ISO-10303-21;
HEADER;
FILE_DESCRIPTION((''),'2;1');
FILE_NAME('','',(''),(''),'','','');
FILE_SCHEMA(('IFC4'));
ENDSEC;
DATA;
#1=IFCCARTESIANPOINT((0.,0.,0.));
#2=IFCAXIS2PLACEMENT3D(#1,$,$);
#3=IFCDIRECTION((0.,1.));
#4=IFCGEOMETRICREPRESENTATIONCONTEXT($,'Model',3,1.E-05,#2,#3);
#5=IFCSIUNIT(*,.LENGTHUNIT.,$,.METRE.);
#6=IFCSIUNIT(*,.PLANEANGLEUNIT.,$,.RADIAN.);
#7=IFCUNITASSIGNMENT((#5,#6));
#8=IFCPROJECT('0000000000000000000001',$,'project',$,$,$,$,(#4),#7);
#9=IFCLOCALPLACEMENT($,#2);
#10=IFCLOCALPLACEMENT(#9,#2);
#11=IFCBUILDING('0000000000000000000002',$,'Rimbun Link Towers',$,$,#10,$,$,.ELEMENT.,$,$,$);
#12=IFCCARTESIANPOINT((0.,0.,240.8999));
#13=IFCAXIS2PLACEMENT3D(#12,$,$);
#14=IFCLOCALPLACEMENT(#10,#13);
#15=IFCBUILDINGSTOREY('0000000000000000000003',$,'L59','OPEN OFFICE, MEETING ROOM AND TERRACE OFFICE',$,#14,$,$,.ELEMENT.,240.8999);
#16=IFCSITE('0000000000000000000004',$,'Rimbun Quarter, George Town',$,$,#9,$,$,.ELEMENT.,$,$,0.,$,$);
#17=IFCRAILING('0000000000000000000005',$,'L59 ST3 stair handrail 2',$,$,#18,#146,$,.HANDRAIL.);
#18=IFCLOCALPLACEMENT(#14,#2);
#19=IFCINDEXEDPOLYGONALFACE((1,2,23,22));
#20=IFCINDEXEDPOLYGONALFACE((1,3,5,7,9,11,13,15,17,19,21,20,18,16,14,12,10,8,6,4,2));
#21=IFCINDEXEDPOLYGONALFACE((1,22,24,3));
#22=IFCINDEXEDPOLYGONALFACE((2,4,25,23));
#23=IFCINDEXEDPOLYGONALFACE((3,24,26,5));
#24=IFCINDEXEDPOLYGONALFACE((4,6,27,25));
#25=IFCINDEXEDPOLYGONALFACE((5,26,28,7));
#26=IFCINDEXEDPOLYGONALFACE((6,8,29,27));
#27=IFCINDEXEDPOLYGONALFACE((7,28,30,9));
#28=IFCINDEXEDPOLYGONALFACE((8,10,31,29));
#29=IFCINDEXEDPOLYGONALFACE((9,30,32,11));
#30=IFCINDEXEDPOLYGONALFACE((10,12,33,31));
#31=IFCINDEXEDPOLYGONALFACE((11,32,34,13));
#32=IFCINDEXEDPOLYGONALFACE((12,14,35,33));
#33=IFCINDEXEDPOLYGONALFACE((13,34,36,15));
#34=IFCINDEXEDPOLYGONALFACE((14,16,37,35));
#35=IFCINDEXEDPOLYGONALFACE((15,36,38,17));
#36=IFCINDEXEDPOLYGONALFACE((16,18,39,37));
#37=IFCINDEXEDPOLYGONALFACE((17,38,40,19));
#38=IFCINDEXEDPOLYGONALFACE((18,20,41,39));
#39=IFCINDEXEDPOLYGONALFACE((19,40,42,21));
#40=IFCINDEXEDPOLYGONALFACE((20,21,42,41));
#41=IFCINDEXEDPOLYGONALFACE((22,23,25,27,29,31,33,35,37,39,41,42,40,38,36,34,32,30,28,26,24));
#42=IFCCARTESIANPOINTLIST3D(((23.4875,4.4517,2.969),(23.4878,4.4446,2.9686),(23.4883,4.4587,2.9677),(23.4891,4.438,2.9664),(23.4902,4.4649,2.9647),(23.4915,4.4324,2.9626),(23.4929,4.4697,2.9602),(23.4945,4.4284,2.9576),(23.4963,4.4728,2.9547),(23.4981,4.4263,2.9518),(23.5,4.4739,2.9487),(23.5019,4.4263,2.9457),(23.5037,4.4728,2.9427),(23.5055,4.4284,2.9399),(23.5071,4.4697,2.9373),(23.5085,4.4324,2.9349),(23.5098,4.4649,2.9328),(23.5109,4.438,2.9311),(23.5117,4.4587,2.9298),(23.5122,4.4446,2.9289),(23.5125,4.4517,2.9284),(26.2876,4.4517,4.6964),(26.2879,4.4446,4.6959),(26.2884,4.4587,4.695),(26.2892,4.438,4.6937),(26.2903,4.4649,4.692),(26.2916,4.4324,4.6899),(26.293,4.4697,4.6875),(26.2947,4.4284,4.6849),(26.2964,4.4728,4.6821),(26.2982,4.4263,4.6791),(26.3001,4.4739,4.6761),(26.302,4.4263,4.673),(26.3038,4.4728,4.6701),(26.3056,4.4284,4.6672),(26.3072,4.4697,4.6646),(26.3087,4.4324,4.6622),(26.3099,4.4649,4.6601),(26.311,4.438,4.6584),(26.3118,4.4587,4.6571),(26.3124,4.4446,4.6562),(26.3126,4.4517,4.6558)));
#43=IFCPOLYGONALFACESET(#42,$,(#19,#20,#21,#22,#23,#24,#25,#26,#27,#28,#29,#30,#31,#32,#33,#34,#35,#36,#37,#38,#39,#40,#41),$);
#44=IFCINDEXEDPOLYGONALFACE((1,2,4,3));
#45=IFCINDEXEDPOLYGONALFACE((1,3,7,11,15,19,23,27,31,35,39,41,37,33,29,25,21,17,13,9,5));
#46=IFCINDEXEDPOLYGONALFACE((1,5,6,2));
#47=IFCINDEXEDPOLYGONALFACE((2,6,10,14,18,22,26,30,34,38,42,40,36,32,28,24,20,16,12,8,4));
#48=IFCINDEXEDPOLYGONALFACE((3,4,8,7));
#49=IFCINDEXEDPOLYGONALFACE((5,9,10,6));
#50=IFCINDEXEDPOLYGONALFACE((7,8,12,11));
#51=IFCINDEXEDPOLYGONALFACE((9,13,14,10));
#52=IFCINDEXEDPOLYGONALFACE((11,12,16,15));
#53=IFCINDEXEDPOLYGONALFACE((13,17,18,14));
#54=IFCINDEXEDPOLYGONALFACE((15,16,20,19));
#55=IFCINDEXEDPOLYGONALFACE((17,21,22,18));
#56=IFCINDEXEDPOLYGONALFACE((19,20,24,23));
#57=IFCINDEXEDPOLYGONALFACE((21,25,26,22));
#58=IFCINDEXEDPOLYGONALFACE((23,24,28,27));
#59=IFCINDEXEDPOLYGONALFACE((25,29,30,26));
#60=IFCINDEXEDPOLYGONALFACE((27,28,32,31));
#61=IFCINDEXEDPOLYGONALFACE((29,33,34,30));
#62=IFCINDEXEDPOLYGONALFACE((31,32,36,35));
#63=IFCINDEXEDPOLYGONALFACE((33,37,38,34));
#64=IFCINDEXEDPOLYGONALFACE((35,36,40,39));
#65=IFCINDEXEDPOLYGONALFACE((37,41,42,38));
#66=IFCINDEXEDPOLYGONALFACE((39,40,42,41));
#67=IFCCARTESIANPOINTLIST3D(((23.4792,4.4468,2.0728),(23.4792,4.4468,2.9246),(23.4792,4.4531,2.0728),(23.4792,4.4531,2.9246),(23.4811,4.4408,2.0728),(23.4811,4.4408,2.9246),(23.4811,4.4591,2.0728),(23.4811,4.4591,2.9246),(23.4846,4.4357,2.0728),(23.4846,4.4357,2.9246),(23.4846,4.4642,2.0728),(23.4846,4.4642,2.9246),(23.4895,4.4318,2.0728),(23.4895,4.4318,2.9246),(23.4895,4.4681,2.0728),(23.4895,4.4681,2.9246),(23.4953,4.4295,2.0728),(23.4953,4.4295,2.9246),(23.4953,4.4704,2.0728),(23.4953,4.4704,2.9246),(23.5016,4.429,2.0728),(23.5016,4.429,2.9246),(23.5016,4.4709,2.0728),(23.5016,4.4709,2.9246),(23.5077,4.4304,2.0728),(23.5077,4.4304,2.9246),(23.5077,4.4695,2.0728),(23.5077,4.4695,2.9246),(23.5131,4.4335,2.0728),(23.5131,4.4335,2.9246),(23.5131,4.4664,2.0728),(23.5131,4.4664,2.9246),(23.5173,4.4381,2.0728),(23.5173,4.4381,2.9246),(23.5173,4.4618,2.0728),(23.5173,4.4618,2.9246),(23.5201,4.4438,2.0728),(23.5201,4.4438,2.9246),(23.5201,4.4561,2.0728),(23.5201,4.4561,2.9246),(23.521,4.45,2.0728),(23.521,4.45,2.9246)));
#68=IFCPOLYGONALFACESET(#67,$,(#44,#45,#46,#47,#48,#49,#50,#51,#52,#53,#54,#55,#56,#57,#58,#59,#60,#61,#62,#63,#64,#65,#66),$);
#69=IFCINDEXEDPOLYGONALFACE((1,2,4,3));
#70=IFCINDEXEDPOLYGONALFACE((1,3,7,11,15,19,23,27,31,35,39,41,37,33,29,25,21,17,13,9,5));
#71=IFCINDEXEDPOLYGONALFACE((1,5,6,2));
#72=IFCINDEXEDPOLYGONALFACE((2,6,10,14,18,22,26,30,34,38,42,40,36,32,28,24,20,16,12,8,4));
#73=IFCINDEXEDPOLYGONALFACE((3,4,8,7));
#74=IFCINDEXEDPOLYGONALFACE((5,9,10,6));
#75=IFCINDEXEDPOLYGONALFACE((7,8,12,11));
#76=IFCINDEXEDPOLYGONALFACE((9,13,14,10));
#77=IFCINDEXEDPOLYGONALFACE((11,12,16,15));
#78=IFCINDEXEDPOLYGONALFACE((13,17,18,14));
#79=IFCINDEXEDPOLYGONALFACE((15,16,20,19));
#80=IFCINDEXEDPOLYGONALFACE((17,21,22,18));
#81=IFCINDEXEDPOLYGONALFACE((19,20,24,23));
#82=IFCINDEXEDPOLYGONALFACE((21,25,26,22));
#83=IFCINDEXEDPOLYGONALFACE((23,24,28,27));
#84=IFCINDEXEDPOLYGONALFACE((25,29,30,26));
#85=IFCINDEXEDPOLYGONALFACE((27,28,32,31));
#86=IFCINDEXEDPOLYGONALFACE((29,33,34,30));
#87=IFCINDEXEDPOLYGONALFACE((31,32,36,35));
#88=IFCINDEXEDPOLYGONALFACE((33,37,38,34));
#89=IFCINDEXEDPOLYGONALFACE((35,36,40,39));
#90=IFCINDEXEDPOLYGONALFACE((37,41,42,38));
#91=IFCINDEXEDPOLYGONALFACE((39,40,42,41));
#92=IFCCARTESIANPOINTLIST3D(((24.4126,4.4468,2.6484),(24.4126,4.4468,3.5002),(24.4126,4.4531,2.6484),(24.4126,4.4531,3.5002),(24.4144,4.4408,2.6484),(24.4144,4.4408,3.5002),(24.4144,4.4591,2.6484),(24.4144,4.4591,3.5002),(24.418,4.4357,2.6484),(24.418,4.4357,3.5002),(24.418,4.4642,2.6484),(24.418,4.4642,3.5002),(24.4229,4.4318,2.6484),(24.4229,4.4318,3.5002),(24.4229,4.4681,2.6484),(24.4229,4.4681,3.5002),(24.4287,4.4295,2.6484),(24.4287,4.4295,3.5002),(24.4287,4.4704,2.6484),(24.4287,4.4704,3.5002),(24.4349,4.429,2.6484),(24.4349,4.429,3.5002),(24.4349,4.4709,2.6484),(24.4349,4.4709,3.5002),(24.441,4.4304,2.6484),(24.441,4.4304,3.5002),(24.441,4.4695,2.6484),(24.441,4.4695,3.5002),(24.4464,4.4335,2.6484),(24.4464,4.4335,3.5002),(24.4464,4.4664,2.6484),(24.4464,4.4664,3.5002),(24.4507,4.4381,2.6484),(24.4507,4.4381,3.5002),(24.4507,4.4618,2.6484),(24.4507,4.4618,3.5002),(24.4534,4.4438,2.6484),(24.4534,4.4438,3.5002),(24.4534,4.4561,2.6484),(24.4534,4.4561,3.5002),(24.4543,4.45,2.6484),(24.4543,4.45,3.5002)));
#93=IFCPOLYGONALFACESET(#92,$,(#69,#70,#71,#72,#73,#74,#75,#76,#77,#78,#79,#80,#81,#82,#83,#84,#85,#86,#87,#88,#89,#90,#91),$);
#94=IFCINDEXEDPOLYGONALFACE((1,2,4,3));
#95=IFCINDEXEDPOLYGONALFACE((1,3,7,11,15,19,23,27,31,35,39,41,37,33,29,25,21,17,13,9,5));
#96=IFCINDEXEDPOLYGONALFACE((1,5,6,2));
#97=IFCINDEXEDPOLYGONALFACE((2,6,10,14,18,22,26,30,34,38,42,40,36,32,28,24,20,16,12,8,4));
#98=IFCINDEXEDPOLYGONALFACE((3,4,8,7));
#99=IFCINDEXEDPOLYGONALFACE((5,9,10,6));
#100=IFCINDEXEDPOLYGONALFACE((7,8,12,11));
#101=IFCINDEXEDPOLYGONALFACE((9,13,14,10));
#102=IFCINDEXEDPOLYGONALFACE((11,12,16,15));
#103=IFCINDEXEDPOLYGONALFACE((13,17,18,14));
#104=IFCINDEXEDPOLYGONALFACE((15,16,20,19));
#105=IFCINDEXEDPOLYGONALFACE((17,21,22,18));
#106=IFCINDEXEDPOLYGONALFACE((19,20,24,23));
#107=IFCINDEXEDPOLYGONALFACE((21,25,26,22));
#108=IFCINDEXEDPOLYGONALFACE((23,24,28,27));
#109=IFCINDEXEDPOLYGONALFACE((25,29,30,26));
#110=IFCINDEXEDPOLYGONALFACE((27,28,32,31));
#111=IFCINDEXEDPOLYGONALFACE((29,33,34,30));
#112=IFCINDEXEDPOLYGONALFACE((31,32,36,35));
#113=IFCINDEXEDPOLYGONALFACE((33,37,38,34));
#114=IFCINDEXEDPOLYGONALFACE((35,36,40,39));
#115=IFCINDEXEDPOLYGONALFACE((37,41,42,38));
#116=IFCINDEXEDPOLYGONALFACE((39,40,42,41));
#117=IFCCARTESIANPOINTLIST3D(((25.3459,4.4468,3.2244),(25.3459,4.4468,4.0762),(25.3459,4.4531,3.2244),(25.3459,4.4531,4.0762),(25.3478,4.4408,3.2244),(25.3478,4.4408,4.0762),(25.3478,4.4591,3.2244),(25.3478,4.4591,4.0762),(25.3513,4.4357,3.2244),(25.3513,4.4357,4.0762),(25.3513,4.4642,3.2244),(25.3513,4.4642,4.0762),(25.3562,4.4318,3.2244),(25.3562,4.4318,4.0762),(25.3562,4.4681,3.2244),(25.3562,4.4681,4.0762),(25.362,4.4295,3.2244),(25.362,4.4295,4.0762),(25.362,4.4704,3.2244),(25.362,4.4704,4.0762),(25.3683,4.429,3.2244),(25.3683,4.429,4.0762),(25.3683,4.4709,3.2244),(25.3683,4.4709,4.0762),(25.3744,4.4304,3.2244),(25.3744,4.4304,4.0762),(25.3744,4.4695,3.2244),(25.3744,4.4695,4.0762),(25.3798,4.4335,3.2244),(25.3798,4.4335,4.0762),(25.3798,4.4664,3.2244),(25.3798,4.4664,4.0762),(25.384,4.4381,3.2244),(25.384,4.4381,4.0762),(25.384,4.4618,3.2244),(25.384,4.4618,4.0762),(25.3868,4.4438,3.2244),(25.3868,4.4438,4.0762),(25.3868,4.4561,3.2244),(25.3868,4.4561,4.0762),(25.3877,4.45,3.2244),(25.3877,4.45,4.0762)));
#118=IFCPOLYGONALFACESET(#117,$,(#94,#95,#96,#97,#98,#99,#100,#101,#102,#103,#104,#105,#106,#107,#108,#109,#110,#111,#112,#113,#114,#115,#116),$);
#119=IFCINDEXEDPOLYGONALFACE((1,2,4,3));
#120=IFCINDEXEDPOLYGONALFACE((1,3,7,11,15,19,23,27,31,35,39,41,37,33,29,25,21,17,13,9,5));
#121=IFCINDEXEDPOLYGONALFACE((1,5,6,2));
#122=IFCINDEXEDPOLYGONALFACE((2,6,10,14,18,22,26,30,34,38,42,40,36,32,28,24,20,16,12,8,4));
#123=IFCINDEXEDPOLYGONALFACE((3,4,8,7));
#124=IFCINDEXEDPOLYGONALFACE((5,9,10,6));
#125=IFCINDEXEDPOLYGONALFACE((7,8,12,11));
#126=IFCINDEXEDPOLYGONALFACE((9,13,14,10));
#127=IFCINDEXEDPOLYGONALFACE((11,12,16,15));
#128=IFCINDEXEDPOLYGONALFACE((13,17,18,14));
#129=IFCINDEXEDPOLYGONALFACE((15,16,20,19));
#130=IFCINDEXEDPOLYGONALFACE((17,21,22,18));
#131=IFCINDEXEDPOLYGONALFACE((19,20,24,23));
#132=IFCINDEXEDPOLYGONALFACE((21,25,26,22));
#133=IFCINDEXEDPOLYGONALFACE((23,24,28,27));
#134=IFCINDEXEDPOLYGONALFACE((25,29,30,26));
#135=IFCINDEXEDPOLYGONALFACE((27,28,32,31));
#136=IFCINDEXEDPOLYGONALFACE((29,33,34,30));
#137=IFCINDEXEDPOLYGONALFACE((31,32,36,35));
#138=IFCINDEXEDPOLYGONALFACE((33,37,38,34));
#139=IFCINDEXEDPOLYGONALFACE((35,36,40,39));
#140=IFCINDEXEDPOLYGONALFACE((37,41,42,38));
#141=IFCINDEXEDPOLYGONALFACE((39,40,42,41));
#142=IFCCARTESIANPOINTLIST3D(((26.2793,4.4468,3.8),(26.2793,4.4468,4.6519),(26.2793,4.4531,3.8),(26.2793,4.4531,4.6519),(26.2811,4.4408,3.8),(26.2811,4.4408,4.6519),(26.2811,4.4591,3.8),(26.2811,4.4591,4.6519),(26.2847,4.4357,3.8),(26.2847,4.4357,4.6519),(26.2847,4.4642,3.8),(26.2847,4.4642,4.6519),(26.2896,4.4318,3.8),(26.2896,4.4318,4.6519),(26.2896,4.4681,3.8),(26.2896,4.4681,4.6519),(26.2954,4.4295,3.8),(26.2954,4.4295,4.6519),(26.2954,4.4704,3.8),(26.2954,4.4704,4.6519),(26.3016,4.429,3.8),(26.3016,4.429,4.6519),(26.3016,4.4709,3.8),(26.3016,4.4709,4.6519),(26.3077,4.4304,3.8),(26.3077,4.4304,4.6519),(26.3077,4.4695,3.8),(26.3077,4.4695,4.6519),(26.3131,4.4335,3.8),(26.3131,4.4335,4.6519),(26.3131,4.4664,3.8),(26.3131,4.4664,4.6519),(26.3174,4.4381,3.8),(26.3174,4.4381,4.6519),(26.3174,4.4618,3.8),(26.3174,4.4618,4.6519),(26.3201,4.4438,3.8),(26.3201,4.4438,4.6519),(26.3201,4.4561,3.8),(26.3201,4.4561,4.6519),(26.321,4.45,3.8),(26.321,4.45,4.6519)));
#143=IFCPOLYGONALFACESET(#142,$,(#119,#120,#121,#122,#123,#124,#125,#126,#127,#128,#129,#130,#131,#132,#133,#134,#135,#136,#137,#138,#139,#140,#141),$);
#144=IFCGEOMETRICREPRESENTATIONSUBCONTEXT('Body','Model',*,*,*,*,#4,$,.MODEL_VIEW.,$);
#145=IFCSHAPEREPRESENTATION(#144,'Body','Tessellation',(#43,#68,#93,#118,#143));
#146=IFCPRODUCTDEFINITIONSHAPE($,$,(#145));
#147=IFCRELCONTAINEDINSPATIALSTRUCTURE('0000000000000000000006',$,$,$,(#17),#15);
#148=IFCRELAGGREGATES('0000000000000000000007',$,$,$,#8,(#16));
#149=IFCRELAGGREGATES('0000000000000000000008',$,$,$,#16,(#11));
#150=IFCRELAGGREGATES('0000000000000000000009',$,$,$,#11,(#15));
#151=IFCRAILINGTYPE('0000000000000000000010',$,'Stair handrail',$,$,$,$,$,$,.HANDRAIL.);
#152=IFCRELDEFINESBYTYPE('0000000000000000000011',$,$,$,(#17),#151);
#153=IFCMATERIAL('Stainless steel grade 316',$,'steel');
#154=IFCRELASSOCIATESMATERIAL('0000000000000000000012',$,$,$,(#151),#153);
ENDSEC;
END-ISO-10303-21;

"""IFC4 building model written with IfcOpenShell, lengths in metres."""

from ifc_helpers import new_model, si_unit, direction, frame, origin, origin_2d, place, context, subcontext, project, spatial, circle, extrude, material, type_object, element, save


model = new_model("IFC4")

# Units and contexts
model_context = context("Model", 3, precision=1e-05, world=origin(), true_north=direction((0.0, 1.0)))
body_context = subcontext(model_context, "Body", "Model", "MODEL_VIEW")
ifc_project = project(units=[si_unit("LENGTHUNIT", "METRE"), si_unit("PLANEANGLEUNIT", "RADIAN")], contexts=[model_context])

# Site, building, storey
site_placement = place(None, origin())
site = spatial("IfcSite", under=ifc_project, at=site_placement, Name="Rimbun Quarter, George Town", CompositionType="ELEMENT", RefElevation=0.0)
building_placement = place(site_placement, origin())
building = spatial("IfcBuilding", under=site, at=building_placement, Name="Rimbun Link Towers", CompositionType="ELEMENT")
storey_placement = place(building_placement, frame((0.0, 0.0, 240.8999)))
storey = spatial("IfcBuildingStorey", under=building, at=storey_placement, Name="L59", Description="OPEN OFFICE, MEETING ROOM AND TERRACE OFFICE", CompositionType="ELEMENT", Elevation=240.8999)

# Railing
ifc_material_1 = material(Name="Stainless steel grade 316", Category="steel")
railing_type_1 = type_object("IfcRailingType", Name="Stair handrail", PredefinedType="HANDRAIL", material=ifc_material_1)
railing_1_placement = place(storey_placement, frame((23.5, 4.45, 2.0728)))
element("IfcRailing", 1, at=railing_1_placement, inside=storey, type_object=railing_type_1, Name="L59 ST3 stair handrail 2", PredefinedType="HANDRAIL", context=body_context, shape_type="SweptSolid", body=[
    extrude(circle(Radius=0.0239, at=origin_2d()), frame((0.0, 0.0, 0.876), z_axis=(0.85109, 0.0, 0.52502), x_axis=(0.0, 1.0, 0.0)), (0.0, 0.0, 1.0), 3.29),
    extrude(circle(Radius=0.021, at=origin_2d()), origin(), (0.0, 0.0, 1.0), 0.8518),
    extrude(circle(Radius=0.021, at=origin_2d()), frame((0.9333, 0.0, 0.5757)), (0.0, 0.0, 1.0), 0.8518),
    extrude(circle(Radius=0.021, at=origin_2d()), frame((1.8667, 0.0, 1.1516)), (0.0, 0.0, 1.0), 0.8518),
    extrude(circle(Radius=0.021, at=origin_2d()), frame((2.8, 0.0, 1.7273)), (0.0, 0.0, 1.0), 0.8518),
])

save(model, "model.ifc")
